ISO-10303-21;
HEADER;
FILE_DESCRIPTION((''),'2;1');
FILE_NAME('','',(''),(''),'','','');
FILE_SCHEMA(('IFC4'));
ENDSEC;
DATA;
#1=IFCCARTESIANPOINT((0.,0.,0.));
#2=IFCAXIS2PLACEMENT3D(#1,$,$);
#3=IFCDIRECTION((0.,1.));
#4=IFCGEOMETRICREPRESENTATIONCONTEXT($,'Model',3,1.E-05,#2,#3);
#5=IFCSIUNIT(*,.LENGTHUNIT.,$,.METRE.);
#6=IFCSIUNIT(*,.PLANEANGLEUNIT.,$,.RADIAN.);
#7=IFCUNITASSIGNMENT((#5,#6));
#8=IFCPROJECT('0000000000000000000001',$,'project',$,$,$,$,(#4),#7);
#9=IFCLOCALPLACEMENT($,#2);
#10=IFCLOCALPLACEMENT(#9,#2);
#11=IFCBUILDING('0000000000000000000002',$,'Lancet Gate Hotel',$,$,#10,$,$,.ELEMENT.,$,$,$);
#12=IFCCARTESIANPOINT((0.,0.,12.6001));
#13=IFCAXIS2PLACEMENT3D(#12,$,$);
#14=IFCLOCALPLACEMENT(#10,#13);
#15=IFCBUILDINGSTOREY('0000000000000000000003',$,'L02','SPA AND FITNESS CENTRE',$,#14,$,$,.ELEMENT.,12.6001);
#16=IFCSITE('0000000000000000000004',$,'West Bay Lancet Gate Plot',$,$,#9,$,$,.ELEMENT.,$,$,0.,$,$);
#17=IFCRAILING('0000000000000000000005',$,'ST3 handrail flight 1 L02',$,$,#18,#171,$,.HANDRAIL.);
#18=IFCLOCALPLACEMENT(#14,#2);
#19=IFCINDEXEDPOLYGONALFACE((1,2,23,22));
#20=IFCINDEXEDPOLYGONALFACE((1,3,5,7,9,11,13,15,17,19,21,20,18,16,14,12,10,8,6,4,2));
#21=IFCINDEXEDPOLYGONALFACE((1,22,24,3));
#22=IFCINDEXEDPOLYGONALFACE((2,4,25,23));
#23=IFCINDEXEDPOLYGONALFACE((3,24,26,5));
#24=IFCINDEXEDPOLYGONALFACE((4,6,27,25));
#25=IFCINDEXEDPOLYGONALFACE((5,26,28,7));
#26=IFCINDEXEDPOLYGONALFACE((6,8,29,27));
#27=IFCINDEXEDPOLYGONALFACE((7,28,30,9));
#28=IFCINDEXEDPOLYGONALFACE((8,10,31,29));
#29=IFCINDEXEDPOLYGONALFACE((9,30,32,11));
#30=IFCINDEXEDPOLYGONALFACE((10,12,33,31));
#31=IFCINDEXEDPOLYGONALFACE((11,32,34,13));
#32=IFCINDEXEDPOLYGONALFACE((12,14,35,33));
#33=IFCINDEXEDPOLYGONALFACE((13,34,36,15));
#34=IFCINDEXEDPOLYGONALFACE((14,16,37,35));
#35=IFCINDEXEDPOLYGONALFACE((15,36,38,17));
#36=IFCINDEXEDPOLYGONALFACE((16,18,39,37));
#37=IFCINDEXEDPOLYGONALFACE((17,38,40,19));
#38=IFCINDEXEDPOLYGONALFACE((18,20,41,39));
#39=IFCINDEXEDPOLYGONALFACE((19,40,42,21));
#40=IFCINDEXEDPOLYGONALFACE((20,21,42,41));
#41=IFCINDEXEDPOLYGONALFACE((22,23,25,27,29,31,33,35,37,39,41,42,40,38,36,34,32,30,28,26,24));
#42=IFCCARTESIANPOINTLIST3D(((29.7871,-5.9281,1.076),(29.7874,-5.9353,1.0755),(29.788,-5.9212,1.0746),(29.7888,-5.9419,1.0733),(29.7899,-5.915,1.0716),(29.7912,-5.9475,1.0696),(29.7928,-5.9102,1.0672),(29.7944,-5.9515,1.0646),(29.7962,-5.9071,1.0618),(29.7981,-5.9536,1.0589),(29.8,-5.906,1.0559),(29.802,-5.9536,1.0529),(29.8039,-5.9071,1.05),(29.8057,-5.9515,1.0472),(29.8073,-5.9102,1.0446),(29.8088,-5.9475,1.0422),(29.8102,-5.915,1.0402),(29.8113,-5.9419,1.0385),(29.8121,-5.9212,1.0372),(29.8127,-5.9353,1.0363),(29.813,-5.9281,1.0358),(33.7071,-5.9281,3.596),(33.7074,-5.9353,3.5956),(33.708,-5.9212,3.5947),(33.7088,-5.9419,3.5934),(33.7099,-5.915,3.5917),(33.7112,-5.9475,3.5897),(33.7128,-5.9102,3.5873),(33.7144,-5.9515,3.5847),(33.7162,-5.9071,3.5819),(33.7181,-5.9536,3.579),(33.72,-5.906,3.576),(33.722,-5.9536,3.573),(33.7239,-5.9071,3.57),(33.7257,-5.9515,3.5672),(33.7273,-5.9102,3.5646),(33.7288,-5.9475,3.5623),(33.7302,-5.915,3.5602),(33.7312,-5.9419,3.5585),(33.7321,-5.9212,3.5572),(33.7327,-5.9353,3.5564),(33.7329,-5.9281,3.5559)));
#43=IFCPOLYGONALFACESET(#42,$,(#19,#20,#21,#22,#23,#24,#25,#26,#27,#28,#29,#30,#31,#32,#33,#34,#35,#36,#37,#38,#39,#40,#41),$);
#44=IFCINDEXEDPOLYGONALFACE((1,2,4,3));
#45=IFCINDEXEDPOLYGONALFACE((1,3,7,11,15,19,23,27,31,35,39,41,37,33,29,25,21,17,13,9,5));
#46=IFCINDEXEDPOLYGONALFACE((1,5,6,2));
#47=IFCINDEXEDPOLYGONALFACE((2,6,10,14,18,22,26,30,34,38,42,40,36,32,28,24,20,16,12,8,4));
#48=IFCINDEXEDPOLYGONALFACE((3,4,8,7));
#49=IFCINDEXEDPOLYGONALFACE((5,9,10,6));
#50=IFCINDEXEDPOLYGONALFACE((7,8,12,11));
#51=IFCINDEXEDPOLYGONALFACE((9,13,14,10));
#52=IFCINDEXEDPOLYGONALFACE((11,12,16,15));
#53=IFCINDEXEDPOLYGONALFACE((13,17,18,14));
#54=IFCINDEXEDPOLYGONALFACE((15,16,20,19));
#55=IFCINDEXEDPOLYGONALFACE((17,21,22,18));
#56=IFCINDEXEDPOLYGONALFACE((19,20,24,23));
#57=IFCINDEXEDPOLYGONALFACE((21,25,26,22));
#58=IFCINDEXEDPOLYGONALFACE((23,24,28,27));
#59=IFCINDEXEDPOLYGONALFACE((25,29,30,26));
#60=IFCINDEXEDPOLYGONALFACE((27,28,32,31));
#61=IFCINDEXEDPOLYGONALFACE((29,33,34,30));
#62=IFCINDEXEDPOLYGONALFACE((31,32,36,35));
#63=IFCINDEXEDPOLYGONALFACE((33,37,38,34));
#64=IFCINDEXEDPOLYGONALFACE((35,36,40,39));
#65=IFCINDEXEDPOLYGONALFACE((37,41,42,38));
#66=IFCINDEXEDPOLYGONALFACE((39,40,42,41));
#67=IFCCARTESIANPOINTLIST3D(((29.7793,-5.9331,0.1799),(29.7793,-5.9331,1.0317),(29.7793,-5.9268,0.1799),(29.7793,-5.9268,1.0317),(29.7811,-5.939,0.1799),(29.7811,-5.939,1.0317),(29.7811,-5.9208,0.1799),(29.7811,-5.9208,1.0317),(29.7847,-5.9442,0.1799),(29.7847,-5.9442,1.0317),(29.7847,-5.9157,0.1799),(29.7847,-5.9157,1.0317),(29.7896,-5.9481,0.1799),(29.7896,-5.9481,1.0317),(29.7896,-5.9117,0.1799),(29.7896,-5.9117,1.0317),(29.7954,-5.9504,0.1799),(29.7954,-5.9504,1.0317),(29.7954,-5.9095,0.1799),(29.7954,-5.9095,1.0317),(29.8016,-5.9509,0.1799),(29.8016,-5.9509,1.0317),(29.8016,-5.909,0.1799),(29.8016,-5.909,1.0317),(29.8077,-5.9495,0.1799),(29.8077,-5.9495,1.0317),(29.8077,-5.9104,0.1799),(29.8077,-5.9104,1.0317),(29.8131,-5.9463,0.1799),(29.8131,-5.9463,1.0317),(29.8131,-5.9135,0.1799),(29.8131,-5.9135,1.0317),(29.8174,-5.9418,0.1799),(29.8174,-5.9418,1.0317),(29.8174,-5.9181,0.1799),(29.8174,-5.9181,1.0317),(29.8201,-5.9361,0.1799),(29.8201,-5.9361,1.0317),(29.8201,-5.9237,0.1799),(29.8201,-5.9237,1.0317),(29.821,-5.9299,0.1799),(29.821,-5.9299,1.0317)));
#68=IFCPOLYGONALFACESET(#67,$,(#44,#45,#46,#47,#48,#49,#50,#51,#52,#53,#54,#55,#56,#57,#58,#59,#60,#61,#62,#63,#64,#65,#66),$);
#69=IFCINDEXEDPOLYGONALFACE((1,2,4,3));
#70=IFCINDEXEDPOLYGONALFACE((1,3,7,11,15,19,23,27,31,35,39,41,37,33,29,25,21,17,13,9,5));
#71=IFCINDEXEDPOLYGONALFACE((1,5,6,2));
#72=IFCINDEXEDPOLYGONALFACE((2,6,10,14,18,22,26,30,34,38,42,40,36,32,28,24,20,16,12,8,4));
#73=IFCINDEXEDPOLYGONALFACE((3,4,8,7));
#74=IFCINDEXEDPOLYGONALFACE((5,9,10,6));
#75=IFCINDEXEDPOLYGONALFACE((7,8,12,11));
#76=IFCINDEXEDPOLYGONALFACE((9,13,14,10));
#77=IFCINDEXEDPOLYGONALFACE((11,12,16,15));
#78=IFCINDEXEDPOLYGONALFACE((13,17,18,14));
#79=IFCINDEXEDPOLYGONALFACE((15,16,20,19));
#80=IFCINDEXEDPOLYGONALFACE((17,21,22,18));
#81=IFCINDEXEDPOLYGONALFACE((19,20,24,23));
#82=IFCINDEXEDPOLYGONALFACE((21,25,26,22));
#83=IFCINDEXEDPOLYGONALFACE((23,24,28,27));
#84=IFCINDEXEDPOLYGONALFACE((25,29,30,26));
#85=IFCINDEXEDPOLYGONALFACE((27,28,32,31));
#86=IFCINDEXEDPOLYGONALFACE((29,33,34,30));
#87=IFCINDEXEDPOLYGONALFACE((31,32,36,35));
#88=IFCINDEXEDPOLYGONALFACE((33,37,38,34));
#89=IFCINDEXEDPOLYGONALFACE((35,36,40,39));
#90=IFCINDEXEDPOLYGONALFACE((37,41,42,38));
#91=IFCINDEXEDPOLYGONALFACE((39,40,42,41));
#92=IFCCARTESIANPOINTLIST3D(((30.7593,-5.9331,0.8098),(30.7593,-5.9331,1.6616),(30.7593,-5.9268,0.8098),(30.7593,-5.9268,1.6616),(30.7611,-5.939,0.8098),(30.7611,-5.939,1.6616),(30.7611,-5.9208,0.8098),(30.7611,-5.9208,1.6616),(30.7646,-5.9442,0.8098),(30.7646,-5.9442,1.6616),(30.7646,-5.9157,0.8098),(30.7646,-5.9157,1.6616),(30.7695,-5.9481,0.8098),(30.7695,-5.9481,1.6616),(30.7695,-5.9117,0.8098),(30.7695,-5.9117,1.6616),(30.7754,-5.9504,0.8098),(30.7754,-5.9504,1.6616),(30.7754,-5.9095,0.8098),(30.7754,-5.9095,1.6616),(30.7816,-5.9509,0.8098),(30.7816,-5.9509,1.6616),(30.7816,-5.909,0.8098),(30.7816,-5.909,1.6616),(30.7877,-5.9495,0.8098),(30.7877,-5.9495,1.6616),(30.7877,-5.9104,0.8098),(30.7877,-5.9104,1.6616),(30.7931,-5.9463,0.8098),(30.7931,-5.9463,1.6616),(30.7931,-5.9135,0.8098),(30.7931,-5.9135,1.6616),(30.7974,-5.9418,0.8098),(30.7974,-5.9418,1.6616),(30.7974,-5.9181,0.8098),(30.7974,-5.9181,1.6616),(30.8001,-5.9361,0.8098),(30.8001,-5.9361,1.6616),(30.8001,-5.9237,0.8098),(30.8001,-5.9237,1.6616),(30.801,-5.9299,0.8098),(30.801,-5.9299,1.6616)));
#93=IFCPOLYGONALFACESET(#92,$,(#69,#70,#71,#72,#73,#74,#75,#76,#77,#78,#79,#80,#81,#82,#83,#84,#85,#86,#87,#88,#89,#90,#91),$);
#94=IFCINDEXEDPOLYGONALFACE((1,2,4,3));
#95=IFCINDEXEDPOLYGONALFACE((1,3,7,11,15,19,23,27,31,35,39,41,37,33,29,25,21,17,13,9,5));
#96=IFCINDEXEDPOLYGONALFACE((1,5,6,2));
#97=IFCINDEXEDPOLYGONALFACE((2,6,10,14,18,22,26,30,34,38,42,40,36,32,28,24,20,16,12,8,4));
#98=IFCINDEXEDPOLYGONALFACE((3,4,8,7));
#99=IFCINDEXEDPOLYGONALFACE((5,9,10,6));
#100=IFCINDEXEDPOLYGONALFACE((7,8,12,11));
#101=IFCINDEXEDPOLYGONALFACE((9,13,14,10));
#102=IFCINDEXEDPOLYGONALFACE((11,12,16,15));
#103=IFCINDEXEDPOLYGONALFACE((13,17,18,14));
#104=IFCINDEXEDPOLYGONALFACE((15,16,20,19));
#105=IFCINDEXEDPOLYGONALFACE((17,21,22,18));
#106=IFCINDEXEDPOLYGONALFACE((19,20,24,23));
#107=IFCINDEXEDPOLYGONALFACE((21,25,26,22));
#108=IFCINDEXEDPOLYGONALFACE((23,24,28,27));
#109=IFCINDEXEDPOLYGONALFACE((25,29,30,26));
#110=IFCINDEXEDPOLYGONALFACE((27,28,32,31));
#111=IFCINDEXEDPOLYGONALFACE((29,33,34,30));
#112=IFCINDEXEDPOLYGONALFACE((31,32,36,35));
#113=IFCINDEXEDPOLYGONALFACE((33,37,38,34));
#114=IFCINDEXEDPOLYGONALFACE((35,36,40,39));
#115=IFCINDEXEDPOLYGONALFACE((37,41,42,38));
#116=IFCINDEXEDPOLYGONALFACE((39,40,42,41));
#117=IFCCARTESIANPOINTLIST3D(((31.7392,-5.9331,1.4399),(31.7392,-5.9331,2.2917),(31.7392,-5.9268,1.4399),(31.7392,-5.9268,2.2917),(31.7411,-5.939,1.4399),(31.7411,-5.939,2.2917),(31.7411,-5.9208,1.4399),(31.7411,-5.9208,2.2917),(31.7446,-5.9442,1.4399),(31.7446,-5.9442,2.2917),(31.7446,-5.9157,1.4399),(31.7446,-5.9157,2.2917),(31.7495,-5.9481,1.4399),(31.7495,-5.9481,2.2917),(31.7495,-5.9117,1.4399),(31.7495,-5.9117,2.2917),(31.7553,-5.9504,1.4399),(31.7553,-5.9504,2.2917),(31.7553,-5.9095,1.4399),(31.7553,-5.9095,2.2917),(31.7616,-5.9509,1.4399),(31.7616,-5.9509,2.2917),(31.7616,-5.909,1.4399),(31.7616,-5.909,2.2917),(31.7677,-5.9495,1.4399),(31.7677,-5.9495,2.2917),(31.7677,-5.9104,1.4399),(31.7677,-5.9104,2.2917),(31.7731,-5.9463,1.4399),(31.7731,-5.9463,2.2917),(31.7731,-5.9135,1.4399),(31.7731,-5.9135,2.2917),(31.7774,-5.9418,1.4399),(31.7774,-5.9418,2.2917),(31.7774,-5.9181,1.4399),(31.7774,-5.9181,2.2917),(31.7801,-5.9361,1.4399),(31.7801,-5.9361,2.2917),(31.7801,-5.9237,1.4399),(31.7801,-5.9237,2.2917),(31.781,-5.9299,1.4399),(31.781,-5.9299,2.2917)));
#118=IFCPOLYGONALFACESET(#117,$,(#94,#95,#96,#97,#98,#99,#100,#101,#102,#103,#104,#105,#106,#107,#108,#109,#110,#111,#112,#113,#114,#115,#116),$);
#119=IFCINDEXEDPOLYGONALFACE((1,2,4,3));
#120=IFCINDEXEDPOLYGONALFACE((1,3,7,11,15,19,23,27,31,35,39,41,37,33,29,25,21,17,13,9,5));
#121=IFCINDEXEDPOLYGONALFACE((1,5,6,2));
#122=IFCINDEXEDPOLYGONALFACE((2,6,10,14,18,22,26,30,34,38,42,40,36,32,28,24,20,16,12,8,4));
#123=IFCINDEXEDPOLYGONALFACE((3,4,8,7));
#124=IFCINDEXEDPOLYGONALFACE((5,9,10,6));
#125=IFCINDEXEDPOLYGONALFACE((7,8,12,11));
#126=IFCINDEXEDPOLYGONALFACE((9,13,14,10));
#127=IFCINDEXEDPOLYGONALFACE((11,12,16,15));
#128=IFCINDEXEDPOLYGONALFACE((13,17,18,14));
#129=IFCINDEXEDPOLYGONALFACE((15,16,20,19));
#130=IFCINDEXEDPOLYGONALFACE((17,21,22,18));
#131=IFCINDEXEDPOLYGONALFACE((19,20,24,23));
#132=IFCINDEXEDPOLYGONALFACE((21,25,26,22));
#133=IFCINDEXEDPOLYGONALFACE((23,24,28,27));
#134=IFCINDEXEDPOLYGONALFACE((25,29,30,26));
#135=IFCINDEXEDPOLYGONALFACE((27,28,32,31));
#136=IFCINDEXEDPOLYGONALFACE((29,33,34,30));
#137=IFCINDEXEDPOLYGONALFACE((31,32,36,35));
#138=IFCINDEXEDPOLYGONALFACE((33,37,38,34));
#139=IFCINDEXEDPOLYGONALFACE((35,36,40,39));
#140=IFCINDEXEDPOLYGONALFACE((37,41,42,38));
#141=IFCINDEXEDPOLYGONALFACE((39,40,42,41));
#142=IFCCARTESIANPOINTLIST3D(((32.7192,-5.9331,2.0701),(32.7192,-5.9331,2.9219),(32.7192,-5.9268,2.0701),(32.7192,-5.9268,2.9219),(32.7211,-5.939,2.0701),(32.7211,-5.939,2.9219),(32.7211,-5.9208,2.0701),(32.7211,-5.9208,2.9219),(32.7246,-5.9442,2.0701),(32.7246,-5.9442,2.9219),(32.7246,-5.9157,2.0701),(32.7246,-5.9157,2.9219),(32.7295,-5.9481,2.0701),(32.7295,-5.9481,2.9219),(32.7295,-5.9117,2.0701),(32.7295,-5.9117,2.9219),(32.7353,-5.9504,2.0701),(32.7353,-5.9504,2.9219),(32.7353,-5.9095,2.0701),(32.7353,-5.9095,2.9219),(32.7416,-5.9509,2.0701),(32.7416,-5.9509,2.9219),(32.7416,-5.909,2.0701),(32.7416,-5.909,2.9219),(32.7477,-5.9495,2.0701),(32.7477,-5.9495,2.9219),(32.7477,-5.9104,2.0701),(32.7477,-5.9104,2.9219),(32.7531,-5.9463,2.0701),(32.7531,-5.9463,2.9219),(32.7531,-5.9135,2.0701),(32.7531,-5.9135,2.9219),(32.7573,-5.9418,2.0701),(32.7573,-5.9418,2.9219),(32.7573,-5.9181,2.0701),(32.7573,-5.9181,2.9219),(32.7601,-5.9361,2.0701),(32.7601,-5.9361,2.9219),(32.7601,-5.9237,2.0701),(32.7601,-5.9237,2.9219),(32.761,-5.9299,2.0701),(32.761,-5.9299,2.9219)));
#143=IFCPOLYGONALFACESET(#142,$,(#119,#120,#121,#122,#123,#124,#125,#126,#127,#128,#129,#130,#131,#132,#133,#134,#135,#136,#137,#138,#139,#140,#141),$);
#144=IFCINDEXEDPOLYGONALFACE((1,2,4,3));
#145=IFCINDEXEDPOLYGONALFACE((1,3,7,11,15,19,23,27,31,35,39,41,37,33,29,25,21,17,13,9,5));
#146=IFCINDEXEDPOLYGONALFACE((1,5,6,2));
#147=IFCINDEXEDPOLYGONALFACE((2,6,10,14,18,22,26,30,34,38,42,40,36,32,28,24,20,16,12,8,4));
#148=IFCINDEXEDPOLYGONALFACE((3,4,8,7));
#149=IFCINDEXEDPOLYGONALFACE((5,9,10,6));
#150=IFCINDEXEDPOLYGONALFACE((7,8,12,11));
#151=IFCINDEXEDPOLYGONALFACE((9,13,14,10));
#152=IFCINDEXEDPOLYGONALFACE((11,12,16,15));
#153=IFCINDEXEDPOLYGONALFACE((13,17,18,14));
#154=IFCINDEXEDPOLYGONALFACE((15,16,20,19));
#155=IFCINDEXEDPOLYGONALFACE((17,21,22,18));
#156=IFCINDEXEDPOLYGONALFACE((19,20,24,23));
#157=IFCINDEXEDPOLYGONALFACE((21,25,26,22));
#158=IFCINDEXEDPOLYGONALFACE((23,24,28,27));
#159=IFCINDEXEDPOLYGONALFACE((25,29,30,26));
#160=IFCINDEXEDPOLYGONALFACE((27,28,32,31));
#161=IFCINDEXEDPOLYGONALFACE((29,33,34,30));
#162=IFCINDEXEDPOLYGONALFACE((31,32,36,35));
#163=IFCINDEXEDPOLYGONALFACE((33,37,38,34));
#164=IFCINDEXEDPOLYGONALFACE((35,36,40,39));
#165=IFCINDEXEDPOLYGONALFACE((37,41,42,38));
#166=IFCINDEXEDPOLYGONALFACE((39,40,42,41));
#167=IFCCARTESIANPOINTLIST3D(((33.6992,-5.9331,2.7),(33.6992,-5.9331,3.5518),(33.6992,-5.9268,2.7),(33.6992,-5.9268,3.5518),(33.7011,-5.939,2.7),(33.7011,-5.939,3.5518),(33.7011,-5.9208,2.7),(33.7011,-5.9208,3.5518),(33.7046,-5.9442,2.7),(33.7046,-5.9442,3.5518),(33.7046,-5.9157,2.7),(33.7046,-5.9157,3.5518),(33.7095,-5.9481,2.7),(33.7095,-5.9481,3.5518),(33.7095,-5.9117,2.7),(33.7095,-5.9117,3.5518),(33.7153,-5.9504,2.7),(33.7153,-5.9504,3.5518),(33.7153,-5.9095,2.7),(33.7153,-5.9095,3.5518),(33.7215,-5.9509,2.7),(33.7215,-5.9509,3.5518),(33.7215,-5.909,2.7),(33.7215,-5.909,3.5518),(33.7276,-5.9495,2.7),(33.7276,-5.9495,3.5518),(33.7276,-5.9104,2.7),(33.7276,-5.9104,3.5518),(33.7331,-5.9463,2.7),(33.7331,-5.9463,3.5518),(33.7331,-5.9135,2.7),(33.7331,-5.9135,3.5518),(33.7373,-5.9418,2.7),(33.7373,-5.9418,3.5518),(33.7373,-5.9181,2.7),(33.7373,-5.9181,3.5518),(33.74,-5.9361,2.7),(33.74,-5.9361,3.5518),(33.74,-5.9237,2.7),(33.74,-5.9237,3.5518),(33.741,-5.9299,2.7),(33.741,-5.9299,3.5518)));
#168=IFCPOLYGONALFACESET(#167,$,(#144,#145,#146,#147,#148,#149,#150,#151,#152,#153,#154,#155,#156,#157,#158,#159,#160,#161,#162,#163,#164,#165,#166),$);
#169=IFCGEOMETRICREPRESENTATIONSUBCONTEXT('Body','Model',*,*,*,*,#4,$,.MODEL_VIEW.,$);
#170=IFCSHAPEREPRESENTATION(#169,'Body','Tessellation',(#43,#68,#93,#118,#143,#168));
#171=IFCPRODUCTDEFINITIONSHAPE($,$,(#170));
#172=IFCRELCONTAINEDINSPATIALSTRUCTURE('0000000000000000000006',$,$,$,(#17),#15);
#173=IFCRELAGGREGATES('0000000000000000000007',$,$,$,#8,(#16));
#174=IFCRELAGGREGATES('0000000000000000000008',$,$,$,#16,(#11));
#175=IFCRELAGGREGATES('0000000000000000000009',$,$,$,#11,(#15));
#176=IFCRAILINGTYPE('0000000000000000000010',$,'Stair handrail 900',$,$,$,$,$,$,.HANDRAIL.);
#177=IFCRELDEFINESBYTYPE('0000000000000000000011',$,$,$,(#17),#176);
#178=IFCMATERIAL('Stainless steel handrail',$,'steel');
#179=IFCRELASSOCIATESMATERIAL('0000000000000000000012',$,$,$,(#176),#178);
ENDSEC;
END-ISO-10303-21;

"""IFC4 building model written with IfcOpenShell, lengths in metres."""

from ifc_helpers import new_model, si_unit, direction, frame, origin, origin_2d, place, context, subcontext, project, spatial, circle, extrude, material, type_object, element, save


model = new_model("IFC4")

# Units and contexts
model_context = context("Model", 3, precision=1e-05, world=origin(), true_north=direction((0.0, 1.0)))
body_context = subcontext(model_context, "Body", "Model", "MODEL_VIEW")
ifc_project = project(units=[si_unit("LENGTHUNIT", "METRE"), si_unit("PLANEANGLEUNIT", "RADIAN")], contexts=[model_context])

# Site, building, storey
site_placement = place(None, origin())
site = spatial("IfcSite", under=ifc_project, at=site_placement, Name="West Bay Lancet Gate Plot", CompositionType="ELEMENT", RefElevation=0.0)
building_placement = place(site_placement, origin())
building = spatial("IfcBuilding", under=site, at=building_placement, Name="Lancet Gate Hotel", CompositionType="ELEMENT")
storey_placement = place(building_placement, frame((0.0, 0.0, 12.6001)))
storey = spatial("IfcBuildingStorey", under=building, at=storey_placement, Name="L02", Description="SPA AND FITNESS CENTRE", CompositionType="ELEMENT", Elevation=12.6001)

# Railing
ifc_material_1 = material(Name="Stainless steel handrail", Category="steel")
railing_type = type_object("IfcRailingType", Name="Stair handrail 900", PredefinedType="HANDRAIL", material=ifc_material_1)
railing_1_placement = place(storey_placement, frame((29.8, -5.9299, 0.1799)))
element("IfcRailing", 1, at=railing_1_placement, inside=storey, type_object=railing_type, Name="ST3 handrail flight 1 L02", PredefinedType="HANDRAIL", context=body_context, shape_type="SweptSolid", body=[
    extrude(circle(Radius=0.0239, at=origin_2d()), frame((0.0, 0.0, 0.876), z_axis=(0.841172, 0.0, 0.540768), x_axis=(0.0, 1.0, 0.0)), (0.0, 0.0, 1.0), 4.6602),
    extrude(circle(Radius=0.021, at=origin_2d()), origin(), (0.0, 0.0, 1.0), 0.8518),
    extrude(circle(Radius=0.021, at=origin_2d()), frame((0.98, 0.0, 0.6299)), (0.0, 0.0, 1.0), 0.8518),
    extrude(circle(Radius=0.021, at=origin_2d()), frame((1.96, 0.0, 1.26)), (0.0, 0.0, 1.0), 0.8518),
    extrude(circle(Radius=0.021, at=origin_2d()), frame((2.9399, 0.0, 1.8901)), (0.0, 0.0, 1.0), 0.8518),
    extrude(circle(Radius=0.021, at=origin_2d()), frame((3.9199, 0.0, 2.52)), (0.0, 0.0, 1.0), 0.8518),
])

save(model, "model.ifc")
